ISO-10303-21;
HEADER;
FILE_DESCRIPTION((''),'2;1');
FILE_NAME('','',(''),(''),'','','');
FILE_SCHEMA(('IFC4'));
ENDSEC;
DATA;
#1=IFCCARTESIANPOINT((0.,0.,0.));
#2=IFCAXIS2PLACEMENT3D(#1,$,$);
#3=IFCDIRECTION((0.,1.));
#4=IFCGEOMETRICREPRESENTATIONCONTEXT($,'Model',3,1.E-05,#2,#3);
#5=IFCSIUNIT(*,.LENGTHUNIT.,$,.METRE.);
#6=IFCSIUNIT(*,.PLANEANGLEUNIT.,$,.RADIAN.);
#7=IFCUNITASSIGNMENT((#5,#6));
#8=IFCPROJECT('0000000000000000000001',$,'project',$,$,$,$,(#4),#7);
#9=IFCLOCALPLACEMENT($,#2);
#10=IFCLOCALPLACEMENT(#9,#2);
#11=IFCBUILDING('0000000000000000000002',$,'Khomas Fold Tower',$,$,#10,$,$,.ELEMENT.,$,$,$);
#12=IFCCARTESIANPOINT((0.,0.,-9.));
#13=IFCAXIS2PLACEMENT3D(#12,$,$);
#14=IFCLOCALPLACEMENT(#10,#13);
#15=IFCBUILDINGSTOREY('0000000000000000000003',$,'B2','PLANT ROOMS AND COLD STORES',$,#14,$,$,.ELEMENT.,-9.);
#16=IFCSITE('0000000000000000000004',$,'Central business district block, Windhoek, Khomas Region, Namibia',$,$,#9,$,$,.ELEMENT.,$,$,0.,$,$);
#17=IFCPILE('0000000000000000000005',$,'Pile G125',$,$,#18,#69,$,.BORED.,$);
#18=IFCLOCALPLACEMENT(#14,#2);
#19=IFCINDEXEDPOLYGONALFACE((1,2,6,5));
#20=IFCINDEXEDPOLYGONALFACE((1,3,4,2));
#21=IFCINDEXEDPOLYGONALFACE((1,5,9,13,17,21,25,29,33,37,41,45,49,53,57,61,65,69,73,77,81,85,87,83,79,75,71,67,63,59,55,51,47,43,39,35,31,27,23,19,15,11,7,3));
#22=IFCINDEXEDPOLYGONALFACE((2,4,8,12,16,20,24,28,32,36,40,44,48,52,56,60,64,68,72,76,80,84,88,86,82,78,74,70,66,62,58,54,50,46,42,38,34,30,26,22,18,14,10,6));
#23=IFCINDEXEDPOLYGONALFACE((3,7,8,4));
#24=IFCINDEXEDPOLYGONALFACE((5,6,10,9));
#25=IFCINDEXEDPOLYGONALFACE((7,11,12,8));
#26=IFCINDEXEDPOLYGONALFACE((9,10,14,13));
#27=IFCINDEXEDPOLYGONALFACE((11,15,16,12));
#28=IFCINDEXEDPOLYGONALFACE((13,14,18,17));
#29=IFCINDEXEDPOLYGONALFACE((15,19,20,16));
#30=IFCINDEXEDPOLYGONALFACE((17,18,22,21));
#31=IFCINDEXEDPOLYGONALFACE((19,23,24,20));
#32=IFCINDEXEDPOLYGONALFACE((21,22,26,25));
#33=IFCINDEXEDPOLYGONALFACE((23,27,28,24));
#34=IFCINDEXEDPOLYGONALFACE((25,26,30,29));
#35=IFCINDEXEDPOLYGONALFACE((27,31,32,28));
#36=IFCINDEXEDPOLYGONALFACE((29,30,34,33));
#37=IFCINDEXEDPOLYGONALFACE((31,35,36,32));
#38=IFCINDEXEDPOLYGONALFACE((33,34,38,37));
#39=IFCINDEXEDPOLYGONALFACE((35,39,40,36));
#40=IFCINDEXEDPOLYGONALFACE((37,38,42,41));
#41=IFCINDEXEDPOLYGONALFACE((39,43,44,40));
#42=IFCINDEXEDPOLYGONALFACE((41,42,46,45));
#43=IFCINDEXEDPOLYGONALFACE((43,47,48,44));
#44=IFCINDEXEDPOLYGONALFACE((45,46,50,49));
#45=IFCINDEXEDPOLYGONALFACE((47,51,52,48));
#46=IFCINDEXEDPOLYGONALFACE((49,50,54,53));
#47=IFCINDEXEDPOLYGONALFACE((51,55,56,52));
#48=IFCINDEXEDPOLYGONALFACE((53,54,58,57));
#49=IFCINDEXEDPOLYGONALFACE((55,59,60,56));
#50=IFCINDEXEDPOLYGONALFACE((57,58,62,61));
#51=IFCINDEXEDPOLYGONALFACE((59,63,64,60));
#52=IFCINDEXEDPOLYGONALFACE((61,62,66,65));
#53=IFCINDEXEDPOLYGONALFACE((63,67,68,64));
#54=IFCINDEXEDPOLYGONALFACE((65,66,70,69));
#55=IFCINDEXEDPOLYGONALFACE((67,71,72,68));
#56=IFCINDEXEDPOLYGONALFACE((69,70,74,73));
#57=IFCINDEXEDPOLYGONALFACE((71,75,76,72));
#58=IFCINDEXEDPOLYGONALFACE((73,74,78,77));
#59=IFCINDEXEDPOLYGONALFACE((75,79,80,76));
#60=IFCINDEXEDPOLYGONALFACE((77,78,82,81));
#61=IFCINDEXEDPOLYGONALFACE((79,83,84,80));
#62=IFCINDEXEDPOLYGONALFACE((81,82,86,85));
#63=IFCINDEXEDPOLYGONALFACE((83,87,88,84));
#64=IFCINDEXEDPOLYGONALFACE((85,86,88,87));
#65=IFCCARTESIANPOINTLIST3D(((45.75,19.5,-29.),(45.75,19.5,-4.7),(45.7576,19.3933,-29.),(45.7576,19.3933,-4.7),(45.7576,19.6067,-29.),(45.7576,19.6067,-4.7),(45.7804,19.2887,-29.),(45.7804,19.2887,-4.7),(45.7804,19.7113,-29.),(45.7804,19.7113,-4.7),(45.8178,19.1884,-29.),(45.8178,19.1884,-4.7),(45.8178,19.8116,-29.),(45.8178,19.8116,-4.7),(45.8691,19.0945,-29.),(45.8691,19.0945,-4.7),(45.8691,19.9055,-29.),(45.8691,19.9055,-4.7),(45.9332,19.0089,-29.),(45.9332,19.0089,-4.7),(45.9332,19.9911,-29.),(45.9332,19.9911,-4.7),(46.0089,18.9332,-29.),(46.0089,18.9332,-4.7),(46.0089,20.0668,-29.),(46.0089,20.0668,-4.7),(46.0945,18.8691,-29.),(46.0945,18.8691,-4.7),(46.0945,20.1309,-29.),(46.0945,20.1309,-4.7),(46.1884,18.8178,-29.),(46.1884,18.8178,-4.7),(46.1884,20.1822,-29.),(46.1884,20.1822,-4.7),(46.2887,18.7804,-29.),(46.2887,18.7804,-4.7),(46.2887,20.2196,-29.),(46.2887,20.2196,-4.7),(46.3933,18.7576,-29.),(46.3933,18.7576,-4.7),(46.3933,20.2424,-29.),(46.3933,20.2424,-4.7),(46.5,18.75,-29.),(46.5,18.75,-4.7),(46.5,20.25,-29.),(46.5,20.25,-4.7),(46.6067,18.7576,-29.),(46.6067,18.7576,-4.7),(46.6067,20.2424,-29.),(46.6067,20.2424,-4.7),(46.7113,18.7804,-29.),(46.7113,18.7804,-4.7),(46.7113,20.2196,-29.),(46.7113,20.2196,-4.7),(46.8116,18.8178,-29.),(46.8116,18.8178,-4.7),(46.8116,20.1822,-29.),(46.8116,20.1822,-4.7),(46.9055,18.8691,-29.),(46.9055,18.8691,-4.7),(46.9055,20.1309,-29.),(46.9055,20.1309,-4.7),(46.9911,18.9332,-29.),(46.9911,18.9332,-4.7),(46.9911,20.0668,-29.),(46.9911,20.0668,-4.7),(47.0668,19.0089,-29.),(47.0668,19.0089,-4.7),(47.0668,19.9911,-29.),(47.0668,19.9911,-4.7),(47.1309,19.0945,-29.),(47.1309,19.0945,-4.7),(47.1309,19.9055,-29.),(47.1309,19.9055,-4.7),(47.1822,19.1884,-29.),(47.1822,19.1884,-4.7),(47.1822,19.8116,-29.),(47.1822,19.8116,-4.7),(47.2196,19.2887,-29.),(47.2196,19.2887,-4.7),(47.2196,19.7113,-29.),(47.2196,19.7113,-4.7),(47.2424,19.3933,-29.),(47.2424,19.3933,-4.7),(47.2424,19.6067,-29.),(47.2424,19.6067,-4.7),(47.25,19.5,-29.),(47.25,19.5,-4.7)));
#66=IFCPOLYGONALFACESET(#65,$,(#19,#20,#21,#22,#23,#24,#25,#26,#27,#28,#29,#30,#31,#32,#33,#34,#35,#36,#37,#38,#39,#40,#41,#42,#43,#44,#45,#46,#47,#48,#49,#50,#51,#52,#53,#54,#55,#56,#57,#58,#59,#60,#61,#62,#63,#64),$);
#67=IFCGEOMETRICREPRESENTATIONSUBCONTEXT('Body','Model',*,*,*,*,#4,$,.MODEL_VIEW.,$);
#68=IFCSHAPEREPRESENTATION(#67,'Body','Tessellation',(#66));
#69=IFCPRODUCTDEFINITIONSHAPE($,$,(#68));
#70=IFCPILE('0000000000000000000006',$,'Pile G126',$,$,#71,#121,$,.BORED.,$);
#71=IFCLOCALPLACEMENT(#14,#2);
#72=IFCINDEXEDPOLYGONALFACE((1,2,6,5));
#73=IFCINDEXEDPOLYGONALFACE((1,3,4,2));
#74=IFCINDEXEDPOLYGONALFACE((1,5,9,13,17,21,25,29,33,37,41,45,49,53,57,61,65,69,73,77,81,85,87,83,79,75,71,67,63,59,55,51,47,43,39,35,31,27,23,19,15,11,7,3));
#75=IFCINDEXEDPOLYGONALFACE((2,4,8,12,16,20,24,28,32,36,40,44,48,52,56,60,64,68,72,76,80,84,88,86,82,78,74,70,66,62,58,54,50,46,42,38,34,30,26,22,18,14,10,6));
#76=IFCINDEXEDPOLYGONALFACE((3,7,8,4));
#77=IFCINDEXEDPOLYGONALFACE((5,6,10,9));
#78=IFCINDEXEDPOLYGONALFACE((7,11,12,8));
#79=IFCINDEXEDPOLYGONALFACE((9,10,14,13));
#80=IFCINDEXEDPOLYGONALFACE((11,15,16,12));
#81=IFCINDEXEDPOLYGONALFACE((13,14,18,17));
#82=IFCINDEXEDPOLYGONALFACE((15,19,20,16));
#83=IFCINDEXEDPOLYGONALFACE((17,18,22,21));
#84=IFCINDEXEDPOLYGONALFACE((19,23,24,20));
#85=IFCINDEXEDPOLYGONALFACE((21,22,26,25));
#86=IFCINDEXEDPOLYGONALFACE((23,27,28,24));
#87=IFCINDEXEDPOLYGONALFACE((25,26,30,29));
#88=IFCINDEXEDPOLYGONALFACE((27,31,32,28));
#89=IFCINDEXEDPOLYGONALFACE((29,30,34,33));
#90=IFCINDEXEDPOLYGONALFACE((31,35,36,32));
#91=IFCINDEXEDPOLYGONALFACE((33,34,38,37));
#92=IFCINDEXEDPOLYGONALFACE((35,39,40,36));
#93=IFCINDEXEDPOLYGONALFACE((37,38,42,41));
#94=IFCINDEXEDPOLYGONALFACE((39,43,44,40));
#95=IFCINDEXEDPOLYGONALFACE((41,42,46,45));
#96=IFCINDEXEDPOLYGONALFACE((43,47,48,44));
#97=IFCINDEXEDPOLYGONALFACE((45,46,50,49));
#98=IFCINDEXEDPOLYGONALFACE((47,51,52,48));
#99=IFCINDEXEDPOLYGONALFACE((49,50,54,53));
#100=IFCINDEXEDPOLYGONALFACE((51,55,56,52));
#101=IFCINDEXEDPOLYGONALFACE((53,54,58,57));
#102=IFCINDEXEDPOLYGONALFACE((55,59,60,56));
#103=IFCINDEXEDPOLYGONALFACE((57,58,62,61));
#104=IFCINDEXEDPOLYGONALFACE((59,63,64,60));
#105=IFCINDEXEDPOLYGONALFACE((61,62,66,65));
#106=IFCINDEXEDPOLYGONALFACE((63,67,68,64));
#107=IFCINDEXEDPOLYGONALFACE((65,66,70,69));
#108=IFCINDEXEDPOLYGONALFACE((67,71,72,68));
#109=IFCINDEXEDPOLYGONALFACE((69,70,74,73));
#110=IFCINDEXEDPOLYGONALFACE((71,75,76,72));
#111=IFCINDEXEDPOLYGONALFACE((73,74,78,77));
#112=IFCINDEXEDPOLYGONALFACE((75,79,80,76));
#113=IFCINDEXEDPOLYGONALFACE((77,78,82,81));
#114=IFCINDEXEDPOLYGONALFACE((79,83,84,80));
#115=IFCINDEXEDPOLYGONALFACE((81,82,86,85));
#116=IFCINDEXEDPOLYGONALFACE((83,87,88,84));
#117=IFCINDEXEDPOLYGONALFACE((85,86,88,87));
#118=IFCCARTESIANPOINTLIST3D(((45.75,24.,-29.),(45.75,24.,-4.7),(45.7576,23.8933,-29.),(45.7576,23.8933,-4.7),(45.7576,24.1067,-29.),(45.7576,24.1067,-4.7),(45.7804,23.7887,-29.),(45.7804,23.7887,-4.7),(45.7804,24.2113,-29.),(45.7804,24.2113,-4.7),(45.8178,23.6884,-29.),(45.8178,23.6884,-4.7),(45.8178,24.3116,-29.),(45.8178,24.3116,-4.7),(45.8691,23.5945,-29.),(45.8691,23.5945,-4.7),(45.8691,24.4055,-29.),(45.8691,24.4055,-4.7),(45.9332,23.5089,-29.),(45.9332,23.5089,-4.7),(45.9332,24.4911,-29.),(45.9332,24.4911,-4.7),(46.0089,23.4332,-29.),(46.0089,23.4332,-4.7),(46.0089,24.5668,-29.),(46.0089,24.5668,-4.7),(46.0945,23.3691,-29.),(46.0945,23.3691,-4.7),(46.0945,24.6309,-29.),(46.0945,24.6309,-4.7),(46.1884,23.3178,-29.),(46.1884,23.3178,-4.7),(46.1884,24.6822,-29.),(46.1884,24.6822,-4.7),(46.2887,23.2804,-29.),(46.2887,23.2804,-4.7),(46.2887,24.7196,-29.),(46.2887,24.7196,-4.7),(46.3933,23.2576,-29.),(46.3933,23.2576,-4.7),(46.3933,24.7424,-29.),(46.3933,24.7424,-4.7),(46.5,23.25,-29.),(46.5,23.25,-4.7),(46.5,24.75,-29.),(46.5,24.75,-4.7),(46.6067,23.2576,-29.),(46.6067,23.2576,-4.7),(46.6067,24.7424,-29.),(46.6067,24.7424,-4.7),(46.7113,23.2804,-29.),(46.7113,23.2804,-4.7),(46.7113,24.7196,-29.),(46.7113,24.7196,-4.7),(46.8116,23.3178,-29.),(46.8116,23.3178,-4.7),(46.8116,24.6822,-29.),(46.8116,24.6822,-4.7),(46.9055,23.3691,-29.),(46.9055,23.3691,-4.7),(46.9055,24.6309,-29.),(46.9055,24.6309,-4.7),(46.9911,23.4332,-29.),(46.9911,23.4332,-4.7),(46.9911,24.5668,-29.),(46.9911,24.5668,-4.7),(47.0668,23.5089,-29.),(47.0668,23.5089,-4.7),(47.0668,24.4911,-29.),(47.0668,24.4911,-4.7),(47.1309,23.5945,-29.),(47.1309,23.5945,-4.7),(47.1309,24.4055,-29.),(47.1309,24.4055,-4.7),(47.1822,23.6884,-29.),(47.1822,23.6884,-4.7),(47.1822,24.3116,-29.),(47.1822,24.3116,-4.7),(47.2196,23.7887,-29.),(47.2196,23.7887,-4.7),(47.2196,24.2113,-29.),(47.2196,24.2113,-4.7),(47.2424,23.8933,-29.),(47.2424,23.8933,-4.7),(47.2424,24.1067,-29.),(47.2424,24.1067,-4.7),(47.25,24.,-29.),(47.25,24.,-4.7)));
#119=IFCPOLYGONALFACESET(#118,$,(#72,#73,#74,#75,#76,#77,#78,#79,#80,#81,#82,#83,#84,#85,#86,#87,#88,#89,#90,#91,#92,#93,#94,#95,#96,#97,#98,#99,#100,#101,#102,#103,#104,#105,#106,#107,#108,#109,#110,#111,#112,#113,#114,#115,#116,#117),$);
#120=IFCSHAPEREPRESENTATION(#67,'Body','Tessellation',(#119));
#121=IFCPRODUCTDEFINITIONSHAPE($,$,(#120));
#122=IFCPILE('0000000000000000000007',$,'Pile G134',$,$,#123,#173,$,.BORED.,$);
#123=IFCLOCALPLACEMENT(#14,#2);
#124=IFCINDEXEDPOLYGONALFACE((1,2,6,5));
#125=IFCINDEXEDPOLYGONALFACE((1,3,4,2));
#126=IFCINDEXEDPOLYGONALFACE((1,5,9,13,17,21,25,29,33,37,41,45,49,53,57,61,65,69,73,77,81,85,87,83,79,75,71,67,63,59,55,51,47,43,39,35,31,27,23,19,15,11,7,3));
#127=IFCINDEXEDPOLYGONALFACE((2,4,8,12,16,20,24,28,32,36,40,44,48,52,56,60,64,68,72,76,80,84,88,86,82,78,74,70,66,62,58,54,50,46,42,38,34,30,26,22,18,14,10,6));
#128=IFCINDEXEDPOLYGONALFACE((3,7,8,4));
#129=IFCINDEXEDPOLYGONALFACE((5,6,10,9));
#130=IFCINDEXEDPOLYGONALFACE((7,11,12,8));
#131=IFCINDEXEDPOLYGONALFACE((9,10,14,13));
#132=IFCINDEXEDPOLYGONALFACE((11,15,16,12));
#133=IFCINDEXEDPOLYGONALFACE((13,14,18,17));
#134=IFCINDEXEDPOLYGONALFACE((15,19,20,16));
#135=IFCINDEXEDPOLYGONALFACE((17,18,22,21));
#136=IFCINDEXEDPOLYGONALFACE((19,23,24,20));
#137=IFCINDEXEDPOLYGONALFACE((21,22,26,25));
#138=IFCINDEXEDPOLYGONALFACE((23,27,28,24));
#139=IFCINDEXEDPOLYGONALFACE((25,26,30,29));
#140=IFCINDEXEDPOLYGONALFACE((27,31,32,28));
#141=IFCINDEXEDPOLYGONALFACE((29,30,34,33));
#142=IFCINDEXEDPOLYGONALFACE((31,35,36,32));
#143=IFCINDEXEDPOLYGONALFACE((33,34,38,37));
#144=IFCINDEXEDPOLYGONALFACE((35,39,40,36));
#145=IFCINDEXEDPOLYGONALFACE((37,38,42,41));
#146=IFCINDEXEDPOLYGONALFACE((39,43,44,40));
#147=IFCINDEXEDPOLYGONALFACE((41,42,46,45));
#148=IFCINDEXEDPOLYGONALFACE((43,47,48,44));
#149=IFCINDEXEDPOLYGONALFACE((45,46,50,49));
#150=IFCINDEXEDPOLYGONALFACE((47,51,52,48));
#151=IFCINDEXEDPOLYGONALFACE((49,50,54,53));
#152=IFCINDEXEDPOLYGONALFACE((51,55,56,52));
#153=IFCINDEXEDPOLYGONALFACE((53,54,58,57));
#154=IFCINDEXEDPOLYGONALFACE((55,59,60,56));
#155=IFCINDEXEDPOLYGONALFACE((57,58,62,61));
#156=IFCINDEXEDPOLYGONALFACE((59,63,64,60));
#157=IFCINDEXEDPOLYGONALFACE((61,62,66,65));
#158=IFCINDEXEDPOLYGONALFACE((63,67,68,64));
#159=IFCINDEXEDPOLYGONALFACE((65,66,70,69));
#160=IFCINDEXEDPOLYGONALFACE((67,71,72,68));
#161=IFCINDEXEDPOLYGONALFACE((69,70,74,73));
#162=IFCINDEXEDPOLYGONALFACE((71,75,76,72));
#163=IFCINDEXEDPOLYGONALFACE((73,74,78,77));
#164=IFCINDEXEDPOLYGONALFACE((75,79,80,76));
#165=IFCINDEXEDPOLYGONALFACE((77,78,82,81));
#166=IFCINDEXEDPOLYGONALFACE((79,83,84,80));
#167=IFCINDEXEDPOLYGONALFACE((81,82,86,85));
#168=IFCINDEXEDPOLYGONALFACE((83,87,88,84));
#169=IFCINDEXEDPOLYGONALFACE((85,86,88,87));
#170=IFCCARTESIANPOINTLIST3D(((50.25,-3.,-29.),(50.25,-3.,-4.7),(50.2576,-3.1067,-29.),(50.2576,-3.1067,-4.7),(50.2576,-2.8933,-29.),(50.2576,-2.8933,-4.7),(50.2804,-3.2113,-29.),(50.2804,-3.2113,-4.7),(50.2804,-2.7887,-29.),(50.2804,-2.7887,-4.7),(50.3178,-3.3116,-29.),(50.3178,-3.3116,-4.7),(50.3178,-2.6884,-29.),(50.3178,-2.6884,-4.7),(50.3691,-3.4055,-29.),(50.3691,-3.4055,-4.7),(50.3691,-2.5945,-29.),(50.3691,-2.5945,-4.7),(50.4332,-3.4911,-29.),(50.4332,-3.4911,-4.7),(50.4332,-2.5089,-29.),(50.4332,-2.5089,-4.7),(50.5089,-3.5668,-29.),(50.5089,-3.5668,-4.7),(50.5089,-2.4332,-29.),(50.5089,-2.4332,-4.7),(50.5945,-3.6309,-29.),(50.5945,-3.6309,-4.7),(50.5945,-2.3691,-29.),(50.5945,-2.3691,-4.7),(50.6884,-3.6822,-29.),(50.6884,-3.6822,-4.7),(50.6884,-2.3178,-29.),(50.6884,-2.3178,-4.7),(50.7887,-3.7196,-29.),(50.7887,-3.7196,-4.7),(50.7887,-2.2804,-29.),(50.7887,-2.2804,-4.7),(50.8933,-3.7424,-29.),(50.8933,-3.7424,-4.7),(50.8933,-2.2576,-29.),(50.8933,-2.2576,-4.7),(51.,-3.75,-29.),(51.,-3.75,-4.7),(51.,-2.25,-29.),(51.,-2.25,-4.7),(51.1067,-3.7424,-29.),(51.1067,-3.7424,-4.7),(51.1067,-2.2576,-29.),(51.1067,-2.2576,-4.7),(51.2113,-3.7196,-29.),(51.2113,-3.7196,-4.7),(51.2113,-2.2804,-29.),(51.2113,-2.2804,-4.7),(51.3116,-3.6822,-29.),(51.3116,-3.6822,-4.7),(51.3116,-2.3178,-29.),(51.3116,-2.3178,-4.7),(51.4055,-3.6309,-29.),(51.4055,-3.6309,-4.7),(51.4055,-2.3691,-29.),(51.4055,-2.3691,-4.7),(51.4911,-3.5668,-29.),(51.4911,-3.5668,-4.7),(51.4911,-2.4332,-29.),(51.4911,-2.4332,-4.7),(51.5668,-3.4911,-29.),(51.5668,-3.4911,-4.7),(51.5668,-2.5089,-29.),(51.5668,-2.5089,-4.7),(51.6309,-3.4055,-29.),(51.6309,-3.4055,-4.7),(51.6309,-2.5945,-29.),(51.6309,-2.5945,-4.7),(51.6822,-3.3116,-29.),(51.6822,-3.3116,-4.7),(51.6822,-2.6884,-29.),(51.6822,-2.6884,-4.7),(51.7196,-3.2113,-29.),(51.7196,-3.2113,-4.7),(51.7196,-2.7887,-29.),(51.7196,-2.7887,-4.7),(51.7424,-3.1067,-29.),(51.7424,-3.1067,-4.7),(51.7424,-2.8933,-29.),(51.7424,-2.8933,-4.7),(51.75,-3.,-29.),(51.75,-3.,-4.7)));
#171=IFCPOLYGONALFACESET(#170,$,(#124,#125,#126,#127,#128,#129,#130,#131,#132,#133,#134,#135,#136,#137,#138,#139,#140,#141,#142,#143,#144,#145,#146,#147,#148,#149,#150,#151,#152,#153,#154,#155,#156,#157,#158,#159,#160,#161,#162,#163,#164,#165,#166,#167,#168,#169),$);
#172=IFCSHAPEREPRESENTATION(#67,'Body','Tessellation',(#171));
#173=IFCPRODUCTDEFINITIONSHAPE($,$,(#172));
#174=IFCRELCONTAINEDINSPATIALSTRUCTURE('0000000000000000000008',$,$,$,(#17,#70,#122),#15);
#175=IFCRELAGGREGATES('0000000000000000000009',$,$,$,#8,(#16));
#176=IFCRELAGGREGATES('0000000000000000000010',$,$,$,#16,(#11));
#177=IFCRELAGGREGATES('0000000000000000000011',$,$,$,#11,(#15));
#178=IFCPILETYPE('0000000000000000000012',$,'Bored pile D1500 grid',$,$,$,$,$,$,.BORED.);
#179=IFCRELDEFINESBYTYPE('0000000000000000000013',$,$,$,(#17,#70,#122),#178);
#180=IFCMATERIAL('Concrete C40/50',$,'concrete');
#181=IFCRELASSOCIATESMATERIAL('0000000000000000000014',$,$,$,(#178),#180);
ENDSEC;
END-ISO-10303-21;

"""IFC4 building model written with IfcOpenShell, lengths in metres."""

from ifc_helpers import new_model, si_unit, direction, frame, origin, origin_2d, place, context, subcontext, project, spatial, circle, extrude, source, transform, mapped, material, material_profile, profile_set, type_object, element, save


model = new_model("IFC4")

# Units and contexts
model_context = context("Model", 3, precision=1e-05, world=origin(), true_north=direction((0.0, 1.0)))
body_context = subcontext(model_context, "Body", "Model", "MODEL_VIEW")
ifc_project = project(units=[si_unit("LENGTHUNIT", "METRE"), si_unit("PLANEANGLEUNIT", "RADIAN")], contexts=[model_context])

# Site, building, storey
site_placement = place(None, origin())
site = spatial("IfcSite", under=ifc_project, at=site_placement, Name="Central business district block, Windhoek, Khomas Region, Namibia", CompositionType="ELEMENT", RefElevation=0.0)
building_placement = place(site_placement, origin())
building = spatial("IfcBuilding", under=site, at=building_placement, Name="Khomas Fold Tower", CompositionType="ELEMENT")
storey_placement = place(building_placement, frame((0.0, 0.0, -9.0)))
storey = spatial("IfcBuildingStorey", under=building, at=storey_placement, Name="B2", Description="PLANT ROOMS AND COLD STORES", CompositionType="ELEMENT", Elevation=-9.0)

# Piles
ifc_material_1 = material(Name="Concrete C40/50", Category="concrete")
ifc_material_profile_1 = material_profile(ifc_material_1, circle(Radius=0.75, at=origin_2d()), Name="PILE D1500")
ifc_profile_set_1 = profile_set([ifc_material_profile_1], Name="Concrete C40/50")
pile_type = type_object("IfcPileType", Name="Bored pile D1500 grid", PredefinedType="BORED", material=ifc_profile_set_1)
shared_shape_1 = source(origin(), body_context, "Body", "SweptSolid", [
    extrude(circle(Radius=0.75, at=origin_2d()), origin(), (0.0, 0.0, 1.0), 24.3),
])
for number, where, z_axis, x_axis, name in (
    (1, (46.5, 19.5, -4.7), (0.0, 0.0, -1.0), (1.0, 0.0, 0.0), "Pile G125"),
    (2, (46.5, 24.0, -4.7), (0.0, 0.0, -1.0), (1.0, 0.0, 0.0), "Pile G126"),
    (3, (51.0, -3.0, -4.7), (0.0, 0.0, -1.0), (1.0, 0.0, 0.0), "Pile G134"),
):
    element("IfcPile", number, at=place(storey_placement, frame(where, z_axis=z_axis, x_axis=x_axis)), inside=storey, type_object=pile_type, Name=name, PredefinedType="BORED", context=body_context, shape_type="MappedRepresentation", body=[
        mapped(shared_shape_1, transform((0.0, 0.0, 0.0))),
    ])

save(model, "model.ifc")
